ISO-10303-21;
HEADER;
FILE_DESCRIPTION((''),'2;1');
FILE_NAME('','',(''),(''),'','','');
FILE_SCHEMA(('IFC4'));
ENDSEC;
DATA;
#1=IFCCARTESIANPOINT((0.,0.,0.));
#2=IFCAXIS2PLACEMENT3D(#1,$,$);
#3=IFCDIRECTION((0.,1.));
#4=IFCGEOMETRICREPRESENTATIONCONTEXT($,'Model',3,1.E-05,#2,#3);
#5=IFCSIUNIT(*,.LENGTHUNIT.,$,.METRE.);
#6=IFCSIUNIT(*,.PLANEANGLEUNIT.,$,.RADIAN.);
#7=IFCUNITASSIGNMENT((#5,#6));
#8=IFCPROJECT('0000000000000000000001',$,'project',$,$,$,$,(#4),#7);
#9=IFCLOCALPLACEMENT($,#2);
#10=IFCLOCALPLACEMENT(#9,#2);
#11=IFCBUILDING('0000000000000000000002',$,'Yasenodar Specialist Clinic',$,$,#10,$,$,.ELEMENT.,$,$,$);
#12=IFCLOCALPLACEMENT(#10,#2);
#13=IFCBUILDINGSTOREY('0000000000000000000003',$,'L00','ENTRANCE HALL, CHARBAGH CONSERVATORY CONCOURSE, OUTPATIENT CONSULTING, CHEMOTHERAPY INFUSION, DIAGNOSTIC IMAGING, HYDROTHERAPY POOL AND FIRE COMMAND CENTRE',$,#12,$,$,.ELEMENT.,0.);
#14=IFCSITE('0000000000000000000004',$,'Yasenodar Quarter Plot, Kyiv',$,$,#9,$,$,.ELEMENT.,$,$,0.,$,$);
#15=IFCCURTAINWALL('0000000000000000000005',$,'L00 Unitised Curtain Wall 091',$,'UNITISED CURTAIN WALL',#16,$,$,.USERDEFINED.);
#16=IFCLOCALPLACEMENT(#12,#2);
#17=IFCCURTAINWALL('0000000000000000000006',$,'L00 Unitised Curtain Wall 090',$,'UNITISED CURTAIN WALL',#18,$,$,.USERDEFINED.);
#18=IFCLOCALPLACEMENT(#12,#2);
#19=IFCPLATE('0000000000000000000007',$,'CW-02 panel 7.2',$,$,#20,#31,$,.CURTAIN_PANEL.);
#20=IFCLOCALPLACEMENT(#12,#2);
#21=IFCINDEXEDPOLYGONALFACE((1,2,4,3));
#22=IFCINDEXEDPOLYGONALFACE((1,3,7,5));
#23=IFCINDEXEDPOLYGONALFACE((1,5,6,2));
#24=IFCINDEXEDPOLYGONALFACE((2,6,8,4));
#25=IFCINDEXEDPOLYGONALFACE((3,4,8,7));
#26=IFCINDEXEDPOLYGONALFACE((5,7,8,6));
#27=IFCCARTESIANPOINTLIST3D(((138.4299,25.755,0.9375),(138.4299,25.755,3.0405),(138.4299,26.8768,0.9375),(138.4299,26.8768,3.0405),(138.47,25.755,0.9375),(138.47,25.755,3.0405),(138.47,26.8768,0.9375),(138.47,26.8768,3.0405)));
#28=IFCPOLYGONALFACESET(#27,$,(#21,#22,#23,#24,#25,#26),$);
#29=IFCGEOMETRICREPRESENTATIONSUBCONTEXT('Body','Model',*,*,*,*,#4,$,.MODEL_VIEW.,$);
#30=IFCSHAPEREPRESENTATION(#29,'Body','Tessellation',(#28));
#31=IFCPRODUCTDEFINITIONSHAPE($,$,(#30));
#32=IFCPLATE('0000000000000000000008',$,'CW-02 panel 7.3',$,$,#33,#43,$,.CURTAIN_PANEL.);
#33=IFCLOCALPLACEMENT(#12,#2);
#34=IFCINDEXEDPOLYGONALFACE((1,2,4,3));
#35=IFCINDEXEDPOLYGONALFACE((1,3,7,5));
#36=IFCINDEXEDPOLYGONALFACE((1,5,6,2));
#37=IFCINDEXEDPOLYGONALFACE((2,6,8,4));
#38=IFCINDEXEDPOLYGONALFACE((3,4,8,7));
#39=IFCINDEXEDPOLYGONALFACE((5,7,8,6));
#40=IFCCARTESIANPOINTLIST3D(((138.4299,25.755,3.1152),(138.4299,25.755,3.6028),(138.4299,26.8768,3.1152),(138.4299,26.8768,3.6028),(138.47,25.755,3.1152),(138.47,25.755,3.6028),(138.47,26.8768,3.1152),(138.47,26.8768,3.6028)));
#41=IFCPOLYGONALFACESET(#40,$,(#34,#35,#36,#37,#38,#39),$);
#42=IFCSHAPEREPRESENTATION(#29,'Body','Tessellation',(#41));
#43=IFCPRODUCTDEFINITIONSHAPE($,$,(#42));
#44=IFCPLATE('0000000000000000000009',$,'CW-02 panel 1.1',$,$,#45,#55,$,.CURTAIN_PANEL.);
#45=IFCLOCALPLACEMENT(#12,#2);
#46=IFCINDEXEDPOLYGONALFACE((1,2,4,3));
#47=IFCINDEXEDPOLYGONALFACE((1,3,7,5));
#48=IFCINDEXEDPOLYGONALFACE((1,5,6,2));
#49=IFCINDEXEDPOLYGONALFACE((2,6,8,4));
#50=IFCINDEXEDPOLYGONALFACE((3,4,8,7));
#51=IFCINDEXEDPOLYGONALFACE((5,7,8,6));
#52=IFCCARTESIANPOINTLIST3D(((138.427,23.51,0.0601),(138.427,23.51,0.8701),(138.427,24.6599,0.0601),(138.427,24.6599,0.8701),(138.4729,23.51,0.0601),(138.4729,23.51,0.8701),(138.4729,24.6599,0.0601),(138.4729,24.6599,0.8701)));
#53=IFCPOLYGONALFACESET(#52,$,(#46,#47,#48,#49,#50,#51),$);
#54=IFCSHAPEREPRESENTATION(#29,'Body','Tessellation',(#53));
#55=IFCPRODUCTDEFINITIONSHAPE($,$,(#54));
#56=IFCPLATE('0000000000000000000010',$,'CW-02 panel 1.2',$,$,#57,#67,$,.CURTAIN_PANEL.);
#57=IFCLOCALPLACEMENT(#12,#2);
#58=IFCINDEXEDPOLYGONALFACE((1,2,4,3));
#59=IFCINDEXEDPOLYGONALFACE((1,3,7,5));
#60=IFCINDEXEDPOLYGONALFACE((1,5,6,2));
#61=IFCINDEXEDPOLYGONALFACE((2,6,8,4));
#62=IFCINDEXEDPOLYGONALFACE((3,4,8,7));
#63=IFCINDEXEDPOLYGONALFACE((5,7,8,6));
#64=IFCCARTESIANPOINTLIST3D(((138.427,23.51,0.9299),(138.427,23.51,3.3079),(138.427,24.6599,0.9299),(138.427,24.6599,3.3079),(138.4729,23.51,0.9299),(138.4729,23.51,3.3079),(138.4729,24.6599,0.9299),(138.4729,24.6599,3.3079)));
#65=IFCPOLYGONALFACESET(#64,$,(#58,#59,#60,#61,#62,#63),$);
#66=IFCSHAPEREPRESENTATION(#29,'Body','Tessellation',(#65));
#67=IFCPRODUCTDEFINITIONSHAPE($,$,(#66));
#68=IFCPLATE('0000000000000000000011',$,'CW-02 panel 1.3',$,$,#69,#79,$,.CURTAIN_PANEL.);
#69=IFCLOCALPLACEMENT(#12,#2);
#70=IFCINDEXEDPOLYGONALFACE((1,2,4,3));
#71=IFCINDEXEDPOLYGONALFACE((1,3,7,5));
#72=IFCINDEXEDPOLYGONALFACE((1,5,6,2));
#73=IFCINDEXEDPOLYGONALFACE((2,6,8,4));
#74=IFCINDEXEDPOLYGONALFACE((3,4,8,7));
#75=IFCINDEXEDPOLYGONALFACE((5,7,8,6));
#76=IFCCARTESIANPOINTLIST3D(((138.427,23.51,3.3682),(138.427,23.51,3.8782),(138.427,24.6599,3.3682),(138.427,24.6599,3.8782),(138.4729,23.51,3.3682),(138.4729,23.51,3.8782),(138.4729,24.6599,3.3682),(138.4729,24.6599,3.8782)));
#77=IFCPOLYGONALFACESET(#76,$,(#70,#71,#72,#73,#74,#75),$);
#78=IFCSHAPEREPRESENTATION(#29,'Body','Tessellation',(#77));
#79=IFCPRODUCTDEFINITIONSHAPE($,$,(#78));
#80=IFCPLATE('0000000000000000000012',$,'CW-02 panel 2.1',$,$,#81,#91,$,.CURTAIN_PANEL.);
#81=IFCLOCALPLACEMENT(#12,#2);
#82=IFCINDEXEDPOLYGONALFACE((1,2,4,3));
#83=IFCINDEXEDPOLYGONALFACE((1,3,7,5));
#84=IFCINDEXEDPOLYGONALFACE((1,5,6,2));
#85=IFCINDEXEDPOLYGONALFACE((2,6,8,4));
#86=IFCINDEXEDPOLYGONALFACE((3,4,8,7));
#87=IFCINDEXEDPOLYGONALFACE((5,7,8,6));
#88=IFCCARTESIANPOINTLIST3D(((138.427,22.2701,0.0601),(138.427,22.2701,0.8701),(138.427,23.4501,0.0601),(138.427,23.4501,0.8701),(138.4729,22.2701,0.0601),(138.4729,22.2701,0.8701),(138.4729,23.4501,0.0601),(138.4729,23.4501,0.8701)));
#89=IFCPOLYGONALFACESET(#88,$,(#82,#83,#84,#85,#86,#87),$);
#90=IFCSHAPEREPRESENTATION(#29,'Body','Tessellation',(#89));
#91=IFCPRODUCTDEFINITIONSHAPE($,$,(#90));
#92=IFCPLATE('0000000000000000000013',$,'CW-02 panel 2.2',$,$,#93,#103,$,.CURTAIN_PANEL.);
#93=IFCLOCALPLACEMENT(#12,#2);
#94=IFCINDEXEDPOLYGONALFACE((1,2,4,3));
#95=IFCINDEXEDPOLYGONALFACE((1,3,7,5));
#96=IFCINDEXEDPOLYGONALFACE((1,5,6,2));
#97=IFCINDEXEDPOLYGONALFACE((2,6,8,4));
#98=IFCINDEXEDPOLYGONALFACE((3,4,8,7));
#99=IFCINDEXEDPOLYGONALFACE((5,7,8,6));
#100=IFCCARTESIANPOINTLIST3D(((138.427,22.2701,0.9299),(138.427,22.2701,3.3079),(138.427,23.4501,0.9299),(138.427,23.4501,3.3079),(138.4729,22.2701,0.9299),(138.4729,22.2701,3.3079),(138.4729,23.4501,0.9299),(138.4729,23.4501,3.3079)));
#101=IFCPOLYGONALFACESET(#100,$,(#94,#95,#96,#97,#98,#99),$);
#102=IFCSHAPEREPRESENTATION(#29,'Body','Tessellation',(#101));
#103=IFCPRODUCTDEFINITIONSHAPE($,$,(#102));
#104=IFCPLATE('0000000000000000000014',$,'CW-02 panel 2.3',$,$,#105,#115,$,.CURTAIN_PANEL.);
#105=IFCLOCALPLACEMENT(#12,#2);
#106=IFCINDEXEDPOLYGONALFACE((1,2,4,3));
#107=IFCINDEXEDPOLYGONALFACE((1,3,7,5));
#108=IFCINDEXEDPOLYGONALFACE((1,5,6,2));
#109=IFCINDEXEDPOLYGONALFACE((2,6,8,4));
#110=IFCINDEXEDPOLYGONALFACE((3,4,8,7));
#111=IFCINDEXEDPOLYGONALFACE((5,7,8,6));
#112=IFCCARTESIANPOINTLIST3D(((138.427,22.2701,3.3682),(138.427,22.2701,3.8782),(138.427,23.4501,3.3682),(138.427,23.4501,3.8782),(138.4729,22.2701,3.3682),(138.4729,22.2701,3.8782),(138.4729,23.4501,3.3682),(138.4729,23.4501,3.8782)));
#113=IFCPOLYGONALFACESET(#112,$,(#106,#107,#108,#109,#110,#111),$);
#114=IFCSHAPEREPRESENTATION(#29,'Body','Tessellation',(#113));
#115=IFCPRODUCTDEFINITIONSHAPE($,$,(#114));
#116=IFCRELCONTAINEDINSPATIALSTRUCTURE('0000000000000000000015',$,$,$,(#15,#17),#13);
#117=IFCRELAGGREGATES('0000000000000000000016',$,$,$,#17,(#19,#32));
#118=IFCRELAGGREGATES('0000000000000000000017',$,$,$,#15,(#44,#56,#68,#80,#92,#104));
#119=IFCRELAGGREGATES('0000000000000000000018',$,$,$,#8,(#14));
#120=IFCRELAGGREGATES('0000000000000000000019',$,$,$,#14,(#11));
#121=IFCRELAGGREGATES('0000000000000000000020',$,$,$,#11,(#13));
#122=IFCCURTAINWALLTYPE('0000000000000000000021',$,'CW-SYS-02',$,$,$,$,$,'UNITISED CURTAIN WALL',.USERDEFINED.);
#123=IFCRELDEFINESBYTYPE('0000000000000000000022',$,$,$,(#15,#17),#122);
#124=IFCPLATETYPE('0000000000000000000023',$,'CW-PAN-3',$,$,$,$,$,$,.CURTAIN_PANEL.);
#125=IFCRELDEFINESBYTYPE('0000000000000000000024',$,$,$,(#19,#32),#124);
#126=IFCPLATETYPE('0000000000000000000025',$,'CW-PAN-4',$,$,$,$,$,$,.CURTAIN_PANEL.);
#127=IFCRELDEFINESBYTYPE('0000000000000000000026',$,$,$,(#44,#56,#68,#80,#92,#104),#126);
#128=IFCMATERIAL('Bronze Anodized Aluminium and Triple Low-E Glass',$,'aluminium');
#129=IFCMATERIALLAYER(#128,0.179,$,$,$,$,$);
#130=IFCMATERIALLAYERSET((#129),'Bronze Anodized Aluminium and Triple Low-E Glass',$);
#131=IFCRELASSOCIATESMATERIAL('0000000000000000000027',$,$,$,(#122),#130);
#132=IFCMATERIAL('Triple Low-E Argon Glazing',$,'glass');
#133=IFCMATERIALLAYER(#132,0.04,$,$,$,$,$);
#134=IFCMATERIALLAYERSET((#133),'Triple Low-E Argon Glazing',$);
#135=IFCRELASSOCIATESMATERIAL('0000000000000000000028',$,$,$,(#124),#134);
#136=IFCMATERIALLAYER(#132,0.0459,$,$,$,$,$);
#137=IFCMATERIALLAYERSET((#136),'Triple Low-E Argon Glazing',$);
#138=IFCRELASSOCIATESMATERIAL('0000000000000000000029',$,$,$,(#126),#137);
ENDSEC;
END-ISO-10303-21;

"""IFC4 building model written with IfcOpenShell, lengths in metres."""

from ifc_helpers import new_model, si_unit, direction, frame, origin, origin_2d, place, context, subcontext, project, spatial, rectangle, extrude, material, layer, layer_set, type_object, element, aggregate, save


model = new_model("IFC4")

# Units and contexts
model_context = context("Model", 3, precision=1e-05, world=origin(), true_north=direction((0.0, 1.0)))
body_context = subcontext(model_context, "Body", "Model", "MODEL_VIEW")
ifc_project = project(units=[si_unit("LENGTHUNIT", "METRE"), si_unit("PLANEANGLEUNIT", "RADIAN")], contexts=[model_context])

# Site, building, storey
site_placement = place(None, origin())
site = spatial("IfcSite", under=ifc_project, at=site_placement, Name="Yasenodar Quarter Plot, Kyiv", CompositionType="ELEMENT", RefElevation=0.0)
building_placement = place(site_placement, origin())
building = spatial("IfcBuilding", under=site, at=building_placement, Name="Yasenodar Specialist Clinic", CompositionType="ELEMENT")
storey_placement = place(building_placement, origin())
storey = spatial("IfcBuildingStorey", under=building, at=storey_placement, Name="L00", Description="ENTRANCE HALL, CHARBAGH CONSERVATORY CONCOURSE, OUTPATIENT CONSULTING, CHEMOTHERAPY INFUSION, DIAGNOSTIC IMAGING, HYDROTHERAPY POOL AND FIRE COMMAND CENTRE", CompositionType="ELEMENT", Elevation=0.0)

# Curtain wall
ifc_material_1 = material(Name="Bronze Anodized Aluminium and Triple Low-E Glass", Category="aluminium")
ifc_layer_1 = layer(ifc_material_1, 0.179)
ifc_layer_set_1 = layer_set([ifc_layer_1], Name="Bronze Anodized Aluminium and Triple Low-E Glass")
curtain_wall_type = type_object("IfcCurtainWallType", Name="CW-SYS-02", ElementType="UNITISED CURTAIN WALL", PredefinedType="USERDEFINED", material=ifc_layer_set_1)
curtain_wall_1_placement = place(storey_placement, origin())
curtain_wall_1 = element("IfcCurtainWall", 1, at=curtain_wall_1_placement, inside=storey, type_object=curtain_wall_type, Name="L00 Unitised Curtain Wall 091", ObjectType="UNITISED CURTAIN WALL", PredefinedType="USERDEFINED")

# Curtain wall
curtain_wall_2_placement = place(storey_placement, origin())
curtain_wall_2 = element("IfcCurtainWall", 2, at=curtain_wall_2_placement, inside=storey, type_object=curtain_wall_type, Name="L00 Unitised Curtain Wall 090", ObjectType="UNITISED CURTAIN WALL", PredefinedType="USERDEFINED")

# Plates
ifc_material_2 = material(Name="Triple Low-E Argon Glazing", Category="glass")
ifc_layer_2 = layer(ifc_material_2, 0.04)
ifc_layer_set_2 = layer_set([ifc_layer_2], Name="Triple Low-E Argon Glazing")
plate_type_1 = type_object("IfcPlateType", Name="CW-PAN-3", PredefinedType="CURTAIN_PANEL", material=ifc_layer_set_2)
plate_1_placement = place(storey_placement, frame((138.45, 26.3159, 0.9375), z_axis=(0.0, 0.0, 1.0), x_axis=(0.0, -1.0, 0.0)))
plate_1 = element("IfcPlate", 3, at=plate_1_placement, type_object=plate_type_1, Name="CW-02 panel 7.2", PredefinedType="CURTAIN_PANEL", context=body_context, shape_type="SweptSolid", body=[
    extrude(rectangle(XDim=1.1218, YDim=0.04, at=origin_2d()), origin(), (0.0, 0.0, 1.0), 2.103),
])
plate_2_placement = place(storey_placement, frame((138.45, 26.3159, 3.1152), z_axis=(0.0, 0.0, 1.0), x_axis=(0.0, -1.0, 0.0)))
plate_2 = element("IfcPlate", 4, at=plate_2_placement, type_object=plate_type_1, Name="CW-02 panel 7.3", PredefinedType="CURTAIN_PANEL", context=body_context, shape_type="SweptSolid", body=[
    extrude(rectangle(XDim=1.1218, YDim=0.04, at=origin_2d()), origin(), (0.0, 0.0, 1.0), 0.4875),
])
aggregate(curtain_wall_2, [plate_1, plate_2])
ifc_layer_3 = layer(ifc_material_2, 0.0459)
ifc_layer_set_3 = layer_set([ifc_layer_3], Name="Triple Low-E Argon Glazing")
plate_type_2 = type_object("IfcPlateType", Name="CW-PAN-4", PredefinedType="CURTAIN_PANEL", material=ifc_layer_set_3)
plate_3_placement = place(storey_placement, frame((138.45, 24.085, 0.0601), z_axis=(0.0, 0.0, 1.0), x_axis=(0.0, -1.0, 0.0)))
plate_3 = element("IfcPlate", 5, at=plate_3_placement, type_object=plate_type_2, Name="CW-02 panel 1.1", PredefinedType="CURTAIN_PANEL", context=body_context, shape_type="SweptSolid", body=[
    extrude(rectangle(XDim=1.1499, YDim=0.0459, at=origin_2d()), origin(), (0.0, 0.0, 1.0), 0.8101),
])
plate_4_placement = place(storey_placement, frame((138.45, 24.085, 0.9299), z_axis=(0.0, 0.0, 1.0), x_axis=(0.0, -1.0, 0.0)))
plate_4 = element("IfcPlate", 6, at=plate_4_placement, type_object=plate_type_2, Name="CW-02 panel 1.2", PredefinedType="CURTAIN_PANEL", context=body_context, shape_type="SweptSolid", body=[
    extrude(rectangle(XDim=1.1499, YDim=0.0459, at=origin_2d()), origin(), (0.0, 0.0, 1.0), 2.3779),
])
plate_5_placement = place(storey_placement, frame((138.45, 24.085, 3.3682), z_axis=(0.0, 0.0, 1.0), x_axis=(0.0, -1.0, 0.0)))
plate_5 = element("IfcPlate", 7, at=plate_5_placement, type_object=plate_type_2, Name="CW-02 panel 1.3", PredefinedType="CURTAIN_PANEL", context=body_context, shape_type="SweptSolid", body=[
    extrude(rectangle(XDim=1.1499, YDim=0.0459, at=origin_2d()), origin(), (0.0, 0.0, 1.0), 0.51),
])
plate_6_placement = place(storey_placement, frame((138.45, 22.8601, 0.0601), z_axis=(0.0, 0.0, 1.0), x_axis=(0.0, -1.0, 0.0)))
plate_6 = element("IfcPlate", 8, at=plate_6_placement, type_object=plate_type_2, Name="CW-02 panel 2.1", PredefinedType="CURTAIN_PANEL", context=body_context, shape_type="SweptSolid", body=[
    extrude(rectangle(XDim=1.1799, YDim=0.0459, at=origin_2d()), origin(), (0.0, 0.0, 1.0), 0.8101),
])
plate_7_placement = place(storey_placement, frame((138.45, 22.8601, 0.9299), z_axis=(0.0, 0.0, 1.0), x_axis=(0.0, -1.0, 0.0)))
plate_7 = element("IfcPlate", 9, at=plate_7_placement, type_object=plate_type_2, Name="CW-02 panel 2.2", PredefinedType="CURTAIN_PANEL", context=body_context, shape_type="SweptSolid", body=[
    extrude(rectangle(XDim=1.1799, YDim=0.0459, at=origin_2d()), origin(), (0.0, 0.0, 1.0), 2.3779),
])
plate_8_placement = place(storey_placement, frame((138.45, 22.8601, 3.3682), z_axis=(0.0, 0.0, 1.0), x_axis=(0.0, -1.0, 0.0)))
plate_8 = element("IfcPlate", 10, at=plate_8_placement, type_object=plate_type_2, Name="CW-02 panel 2.3", PredefinedType="CURTAIN_PANEL", context=body_context, shape_type="SweptSolid", body=[
    extrude(rectangle(XDim=1.1799, YDim=0.0459, at=origin_2d()), origin(), (0.0, 0.0, 1.0), 0.51),
])
aggregate(curtain_wall_1, [plate_3, plate_4, plate_5, plate_6, plate_7, plate_8])

save(model, "model.ifc")
